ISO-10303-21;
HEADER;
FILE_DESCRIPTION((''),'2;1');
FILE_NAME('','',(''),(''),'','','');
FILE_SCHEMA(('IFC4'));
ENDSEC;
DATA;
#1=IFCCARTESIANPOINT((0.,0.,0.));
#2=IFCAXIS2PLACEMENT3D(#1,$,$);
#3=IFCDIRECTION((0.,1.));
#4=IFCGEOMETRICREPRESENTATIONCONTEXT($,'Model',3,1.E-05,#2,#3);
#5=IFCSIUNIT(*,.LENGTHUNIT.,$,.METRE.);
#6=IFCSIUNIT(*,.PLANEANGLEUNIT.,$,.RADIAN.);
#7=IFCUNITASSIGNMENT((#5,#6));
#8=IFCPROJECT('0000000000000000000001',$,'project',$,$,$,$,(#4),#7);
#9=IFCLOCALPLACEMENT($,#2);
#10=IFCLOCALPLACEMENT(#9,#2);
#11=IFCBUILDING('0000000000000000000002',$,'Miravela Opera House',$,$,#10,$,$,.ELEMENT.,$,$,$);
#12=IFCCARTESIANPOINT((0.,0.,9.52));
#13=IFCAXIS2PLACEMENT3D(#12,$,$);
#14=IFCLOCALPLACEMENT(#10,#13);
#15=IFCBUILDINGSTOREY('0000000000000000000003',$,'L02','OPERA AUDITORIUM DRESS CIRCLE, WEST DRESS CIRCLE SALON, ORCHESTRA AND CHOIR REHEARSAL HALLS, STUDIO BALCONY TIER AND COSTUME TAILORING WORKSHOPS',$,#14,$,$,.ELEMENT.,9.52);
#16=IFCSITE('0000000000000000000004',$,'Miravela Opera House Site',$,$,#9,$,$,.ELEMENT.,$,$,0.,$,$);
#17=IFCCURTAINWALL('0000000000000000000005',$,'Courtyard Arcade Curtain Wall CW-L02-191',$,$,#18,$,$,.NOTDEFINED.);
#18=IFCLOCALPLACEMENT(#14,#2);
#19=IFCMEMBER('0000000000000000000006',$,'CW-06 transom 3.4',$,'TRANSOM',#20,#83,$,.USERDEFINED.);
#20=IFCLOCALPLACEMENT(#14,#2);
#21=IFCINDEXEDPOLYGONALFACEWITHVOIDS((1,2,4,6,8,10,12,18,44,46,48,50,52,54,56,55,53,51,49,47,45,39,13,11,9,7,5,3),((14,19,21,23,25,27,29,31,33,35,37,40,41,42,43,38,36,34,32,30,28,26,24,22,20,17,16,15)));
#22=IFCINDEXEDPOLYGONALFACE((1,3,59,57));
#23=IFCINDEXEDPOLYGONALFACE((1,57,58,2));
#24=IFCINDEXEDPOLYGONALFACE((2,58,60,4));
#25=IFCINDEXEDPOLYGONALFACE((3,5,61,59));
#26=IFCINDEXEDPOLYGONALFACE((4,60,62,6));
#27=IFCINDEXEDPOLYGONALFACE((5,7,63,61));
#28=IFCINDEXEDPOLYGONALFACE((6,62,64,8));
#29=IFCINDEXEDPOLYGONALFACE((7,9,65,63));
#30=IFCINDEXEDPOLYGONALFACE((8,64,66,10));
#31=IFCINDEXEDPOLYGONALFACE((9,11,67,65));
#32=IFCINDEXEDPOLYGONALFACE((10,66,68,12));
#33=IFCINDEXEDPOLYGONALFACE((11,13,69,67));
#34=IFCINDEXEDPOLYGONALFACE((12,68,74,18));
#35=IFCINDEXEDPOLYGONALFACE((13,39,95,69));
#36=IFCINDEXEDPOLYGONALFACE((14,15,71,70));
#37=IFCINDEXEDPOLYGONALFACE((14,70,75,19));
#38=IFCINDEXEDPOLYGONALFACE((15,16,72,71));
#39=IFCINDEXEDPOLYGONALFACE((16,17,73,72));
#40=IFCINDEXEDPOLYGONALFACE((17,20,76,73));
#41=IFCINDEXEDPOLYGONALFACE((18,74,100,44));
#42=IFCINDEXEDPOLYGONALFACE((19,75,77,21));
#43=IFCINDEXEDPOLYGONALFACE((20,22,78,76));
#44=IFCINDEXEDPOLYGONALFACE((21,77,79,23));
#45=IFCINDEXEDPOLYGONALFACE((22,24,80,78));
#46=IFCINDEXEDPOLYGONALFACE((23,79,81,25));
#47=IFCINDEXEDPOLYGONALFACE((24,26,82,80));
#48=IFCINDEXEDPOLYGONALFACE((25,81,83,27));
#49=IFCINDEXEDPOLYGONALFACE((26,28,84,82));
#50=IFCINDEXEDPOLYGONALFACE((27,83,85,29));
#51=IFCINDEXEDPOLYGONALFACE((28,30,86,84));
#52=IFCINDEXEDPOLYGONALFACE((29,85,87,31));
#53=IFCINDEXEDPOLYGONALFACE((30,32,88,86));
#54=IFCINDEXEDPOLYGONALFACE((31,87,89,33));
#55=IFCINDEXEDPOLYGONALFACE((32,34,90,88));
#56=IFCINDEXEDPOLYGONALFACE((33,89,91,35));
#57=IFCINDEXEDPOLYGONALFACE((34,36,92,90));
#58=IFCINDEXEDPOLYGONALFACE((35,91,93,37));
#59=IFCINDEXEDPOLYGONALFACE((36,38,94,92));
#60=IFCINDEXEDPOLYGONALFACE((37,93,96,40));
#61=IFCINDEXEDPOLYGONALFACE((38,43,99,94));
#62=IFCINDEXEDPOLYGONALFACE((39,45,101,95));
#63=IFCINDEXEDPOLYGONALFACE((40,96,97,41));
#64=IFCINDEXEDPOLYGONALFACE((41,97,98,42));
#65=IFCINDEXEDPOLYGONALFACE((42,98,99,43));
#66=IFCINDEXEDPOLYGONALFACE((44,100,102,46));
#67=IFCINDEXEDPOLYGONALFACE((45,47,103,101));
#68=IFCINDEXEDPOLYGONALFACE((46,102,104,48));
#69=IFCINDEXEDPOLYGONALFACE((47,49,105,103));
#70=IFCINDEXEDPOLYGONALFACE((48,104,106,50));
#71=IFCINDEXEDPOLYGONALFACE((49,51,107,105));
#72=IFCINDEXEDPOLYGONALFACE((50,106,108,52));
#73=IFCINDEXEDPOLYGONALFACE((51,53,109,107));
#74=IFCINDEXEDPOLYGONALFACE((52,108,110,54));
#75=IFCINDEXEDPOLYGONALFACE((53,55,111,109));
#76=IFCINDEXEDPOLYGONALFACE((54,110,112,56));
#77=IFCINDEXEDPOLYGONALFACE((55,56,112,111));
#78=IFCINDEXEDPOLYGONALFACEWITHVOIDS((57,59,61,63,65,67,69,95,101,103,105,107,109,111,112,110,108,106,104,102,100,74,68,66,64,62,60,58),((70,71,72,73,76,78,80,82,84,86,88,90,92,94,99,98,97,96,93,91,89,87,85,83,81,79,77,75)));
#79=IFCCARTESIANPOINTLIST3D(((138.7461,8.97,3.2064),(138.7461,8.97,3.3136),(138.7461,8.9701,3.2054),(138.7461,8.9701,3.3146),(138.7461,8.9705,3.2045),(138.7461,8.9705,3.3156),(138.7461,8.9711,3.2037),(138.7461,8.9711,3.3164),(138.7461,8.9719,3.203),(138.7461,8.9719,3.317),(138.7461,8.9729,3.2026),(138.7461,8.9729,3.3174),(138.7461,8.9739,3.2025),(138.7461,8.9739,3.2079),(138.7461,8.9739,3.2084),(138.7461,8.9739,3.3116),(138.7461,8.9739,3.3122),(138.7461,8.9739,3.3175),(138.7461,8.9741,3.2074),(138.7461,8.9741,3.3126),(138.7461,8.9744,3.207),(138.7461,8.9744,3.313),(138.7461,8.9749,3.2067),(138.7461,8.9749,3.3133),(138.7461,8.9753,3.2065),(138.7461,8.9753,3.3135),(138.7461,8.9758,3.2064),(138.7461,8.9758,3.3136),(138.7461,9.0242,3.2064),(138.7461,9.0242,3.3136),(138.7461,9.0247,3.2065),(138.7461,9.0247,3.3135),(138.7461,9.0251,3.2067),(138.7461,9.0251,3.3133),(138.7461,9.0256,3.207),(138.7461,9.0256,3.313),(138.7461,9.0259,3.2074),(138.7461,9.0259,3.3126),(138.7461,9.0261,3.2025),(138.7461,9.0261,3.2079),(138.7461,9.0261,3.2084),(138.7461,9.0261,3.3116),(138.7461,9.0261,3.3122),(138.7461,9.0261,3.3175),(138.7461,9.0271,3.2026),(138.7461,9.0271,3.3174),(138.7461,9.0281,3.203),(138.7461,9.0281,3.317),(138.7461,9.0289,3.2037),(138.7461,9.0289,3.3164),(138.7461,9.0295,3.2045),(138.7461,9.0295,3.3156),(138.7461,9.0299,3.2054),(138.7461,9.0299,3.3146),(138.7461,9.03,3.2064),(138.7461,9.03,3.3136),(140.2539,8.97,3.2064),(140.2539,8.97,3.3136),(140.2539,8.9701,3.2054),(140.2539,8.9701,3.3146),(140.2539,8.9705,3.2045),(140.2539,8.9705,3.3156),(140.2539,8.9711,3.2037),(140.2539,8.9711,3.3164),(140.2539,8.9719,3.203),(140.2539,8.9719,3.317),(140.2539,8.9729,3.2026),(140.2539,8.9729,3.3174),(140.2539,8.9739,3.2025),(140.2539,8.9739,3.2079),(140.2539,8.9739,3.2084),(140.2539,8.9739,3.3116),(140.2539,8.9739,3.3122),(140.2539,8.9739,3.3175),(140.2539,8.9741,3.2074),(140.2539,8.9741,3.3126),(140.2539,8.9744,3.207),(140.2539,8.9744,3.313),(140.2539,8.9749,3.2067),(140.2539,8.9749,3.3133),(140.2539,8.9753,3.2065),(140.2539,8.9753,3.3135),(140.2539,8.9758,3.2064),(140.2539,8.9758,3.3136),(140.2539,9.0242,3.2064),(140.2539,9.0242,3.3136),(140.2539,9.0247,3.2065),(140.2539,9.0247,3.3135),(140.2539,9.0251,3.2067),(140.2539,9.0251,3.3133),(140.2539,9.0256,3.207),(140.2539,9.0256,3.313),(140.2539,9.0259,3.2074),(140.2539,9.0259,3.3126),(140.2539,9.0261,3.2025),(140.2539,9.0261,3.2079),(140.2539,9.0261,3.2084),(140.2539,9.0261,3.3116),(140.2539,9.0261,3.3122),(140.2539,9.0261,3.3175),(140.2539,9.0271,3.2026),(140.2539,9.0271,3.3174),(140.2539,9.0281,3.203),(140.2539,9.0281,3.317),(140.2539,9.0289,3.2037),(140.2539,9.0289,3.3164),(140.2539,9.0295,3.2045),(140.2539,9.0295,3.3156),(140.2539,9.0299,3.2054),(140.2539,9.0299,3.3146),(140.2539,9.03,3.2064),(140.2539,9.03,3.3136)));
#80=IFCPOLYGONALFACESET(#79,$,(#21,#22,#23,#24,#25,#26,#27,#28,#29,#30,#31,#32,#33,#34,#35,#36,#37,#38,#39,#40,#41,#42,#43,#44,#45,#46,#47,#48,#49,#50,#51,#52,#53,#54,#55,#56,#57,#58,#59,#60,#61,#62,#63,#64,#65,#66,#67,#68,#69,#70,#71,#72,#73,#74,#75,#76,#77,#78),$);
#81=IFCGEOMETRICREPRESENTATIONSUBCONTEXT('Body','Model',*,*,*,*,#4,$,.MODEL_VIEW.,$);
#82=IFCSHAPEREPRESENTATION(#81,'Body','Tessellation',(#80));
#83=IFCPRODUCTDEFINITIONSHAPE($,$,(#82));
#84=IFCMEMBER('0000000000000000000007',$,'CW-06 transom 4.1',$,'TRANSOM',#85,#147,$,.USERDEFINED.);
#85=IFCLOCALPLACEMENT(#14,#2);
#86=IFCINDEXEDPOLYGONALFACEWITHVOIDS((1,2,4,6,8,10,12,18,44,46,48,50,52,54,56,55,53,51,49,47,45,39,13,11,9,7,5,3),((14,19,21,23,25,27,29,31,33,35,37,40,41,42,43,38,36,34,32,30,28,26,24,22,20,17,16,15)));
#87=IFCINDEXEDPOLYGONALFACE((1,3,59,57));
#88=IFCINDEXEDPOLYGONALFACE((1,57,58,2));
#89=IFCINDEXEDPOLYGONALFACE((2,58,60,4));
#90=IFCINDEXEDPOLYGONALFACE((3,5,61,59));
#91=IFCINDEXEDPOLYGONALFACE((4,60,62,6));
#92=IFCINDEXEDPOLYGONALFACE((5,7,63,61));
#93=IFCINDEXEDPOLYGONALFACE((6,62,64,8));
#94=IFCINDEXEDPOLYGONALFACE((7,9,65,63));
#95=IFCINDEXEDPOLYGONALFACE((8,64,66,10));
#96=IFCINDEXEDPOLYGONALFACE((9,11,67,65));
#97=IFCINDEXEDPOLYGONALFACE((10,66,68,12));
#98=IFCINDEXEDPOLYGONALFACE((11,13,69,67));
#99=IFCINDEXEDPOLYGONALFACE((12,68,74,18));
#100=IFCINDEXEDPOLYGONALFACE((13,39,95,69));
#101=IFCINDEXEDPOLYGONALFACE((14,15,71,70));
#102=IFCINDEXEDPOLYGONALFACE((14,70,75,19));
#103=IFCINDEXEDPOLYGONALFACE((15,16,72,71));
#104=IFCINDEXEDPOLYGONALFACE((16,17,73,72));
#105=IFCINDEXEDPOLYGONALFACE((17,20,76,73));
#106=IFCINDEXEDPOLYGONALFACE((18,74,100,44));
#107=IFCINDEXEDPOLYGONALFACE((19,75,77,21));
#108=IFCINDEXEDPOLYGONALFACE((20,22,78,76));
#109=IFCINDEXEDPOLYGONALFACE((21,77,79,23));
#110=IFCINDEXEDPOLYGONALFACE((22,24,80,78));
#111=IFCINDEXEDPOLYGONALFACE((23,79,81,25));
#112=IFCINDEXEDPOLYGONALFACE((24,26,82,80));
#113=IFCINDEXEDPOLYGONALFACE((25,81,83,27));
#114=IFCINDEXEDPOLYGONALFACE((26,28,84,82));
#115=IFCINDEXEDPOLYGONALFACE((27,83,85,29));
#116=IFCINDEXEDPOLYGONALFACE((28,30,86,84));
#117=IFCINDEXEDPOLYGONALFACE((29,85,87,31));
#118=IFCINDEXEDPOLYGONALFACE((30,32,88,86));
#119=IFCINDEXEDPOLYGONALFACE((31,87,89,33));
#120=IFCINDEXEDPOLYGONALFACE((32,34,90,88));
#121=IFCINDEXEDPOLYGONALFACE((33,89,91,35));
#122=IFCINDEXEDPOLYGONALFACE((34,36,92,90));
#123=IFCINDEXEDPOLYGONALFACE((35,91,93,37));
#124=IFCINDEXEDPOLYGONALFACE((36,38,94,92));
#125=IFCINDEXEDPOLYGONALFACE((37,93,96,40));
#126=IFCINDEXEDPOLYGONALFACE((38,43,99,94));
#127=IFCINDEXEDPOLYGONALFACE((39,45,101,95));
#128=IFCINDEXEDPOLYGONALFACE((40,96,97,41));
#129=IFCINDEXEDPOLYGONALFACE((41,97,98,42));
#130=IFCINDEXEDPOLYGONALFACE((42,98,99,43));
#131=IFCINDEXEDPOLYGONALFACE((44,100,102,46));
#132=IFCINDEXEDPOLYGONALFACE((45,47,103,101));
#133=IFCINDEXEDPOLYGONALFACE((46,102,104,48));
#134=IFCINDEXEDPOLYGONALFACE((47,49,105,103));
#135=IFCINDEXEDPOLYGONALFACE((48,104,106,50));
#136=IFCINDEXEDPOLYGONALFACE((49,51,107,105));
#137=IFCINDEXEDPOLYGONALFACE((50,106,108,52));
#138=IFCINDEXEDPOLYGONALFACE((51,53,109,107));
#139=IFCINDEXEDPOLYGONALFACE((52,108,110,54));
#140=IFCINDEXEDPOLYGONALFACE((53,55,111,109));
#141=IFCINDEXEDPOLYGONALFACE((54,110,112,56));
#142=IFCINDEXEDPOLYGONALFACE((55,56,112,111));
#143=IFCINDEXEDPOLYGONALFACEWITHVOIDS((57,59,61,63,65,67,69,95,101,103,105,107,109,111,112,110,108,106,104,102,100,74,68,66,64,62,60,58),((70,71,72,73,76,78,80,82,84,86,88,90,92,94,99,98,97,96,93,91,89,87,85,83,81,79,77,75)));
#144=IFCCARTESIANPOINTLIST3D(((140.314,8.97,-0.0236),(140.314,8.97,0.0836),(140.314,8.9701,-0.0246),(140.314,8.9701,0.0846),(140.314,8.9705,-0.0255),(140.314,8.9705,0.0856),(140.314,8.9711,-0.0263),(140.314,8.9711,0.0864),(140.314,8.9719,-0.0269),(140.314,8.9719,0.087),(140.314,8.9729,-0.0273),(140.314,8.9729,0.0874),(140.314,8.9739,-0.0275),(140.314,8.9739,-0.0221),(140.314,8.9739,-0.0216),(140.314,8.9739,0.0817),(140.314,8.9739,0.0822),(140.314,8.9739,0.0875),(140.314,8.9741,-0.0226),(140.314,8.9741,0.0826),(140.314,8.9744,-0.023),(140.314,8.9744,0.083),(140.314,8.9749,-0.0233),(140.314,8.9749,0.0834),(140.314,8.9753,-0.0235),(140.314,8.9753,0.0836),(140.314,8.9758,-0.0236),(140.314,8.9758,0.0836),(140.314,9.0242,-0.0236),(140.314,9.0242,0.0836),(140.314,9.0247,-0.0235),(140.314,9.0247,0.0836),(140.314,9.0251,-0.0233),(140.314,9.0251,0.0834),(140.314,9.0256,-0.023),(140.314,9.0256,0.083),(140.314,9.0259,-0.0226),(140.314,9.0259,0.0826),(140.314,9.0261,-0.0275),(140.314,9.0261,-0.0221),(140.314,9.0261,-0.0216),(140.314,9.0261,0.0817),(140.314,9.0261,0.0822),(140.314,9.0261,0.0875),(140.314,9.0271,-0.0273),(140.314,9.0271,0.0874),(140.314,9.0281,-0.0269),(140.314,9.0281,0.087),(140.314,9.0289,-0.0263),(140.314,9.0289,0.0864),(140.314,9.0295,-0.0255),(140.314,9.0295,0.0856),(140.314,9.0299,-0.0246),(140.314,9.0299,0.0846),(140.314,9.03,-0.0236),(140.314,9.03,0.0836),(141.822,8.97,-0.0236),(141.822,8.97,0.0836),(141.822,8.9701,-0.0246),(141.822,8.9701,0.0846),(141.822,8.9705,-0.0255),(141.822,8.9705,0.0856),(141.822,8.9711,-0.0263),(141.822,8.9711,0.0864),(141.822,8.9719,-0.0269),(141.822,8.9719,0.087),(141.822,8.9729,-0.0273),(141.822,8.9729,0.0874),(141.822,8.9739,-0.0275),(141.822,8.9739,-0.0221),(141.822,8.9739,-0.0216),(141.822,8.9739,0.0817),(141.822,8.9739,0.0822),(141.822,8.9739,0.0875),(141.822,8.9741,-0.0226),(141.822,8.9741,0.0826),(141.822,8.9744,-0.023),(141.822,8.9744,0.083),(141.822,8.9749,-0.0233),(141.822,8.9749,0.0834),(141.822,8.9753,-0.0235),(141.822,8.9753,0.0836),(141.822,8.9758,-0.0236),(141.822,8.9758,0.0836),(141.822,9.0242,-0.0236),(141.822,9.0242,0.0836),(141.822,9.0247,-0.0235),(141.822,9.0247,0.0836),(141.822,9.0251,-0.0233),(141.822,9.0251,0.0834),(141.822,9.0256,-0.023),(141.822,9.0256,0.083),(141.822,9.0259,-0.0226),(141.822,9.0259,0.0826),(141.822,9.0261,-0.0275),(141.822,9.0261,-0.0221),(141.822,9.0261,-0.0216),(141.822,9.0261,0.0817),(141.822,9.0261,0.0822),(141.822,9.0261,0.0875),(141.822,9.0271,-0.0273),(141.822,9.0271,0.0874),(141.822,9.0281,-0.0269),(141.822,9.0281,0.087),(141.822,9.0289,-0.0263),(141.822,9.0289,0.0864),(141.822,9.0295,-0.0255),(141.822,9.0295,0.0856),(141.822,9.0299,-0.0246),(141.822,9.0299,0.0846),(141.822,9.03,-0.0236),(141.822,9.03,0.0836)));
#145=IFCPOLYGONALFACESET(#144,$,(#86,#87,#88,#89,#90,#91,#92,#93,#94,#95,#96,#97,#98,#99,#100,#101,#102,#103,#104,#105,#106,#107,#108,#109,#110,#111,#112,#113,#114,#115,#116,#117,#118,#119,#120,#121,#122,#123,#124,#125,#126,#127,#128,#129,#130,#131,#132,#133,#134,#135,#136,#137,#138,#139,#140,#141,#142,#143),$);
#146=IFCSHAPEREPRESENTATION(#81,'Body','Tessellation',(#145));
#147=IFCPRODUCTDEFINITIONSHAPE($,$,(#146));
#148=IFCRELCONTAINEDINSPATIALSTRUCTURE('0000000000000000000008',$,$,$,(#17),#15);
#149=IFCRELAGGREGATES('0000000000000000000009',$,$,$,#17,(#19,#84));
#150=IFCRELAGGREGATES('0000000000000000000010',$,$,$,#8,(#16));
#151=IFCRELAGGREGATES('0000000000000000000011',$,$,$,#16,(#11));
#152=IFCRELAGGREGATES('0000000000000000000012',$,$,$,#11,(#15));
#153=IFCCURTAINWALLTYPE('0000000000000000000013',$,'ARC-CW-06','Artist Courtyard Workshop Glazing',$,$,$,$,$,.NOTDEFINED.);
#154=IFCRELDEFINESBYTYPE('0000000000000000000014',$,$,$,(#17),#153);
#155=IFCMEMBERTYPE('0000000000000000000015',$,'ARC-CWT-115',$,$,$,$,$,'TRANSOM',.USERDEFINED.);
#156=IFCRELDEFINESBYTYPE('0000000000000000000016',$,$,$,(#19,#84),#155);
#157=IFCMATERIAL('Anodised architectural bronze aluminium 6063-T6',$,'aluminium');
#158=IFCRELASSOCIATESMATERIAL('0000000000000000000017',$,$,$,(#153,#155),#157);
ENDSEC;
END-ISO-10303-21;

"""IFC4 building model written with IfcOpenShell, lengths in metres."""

from ifc_helpers import new_model, si_unit, direction, frame, origin, origin_2d, place, context, subcontext, project, spatial, hollow_rectangle, extrude, material, material_profile, profile_set, type_object, element, aggregate, save


model = new_model("IFC4")

# Units and contexts
model_context = context("Model", 3, precision=1e-05, world=origin(), true_north=direction((0.0, 1.0)))
body_context = subcontext(model_context, "Body", "Model", "MODEL_VIEW")
ifc_project = project(units=[si_unit("LENGTHUNIT", "METRE"), si_unit("PLANEANGLEUNIT", "RADIAN")], contexts=[model_context])

# Site, building, storey
site_placement = place(None, origin())
site = spatial("IfcSite", under=ifc_project, at=site_placement, Name="Miravela Opera House Site", CompositionType="ELEMENT", RefElevation=0.0)
building_placement = place(site_placement, origin())
building = spatial("IfcBuilding", under=site, at=building_placement, Name="Miravela Opera House", CompositionType="ELEMENT")
storey_placement = place(building_placement, frame((0.0, 0.0, 9.52)))
storey = spatial("IfcBuildingStorey", under=building, at=storey_placement, Name="L02", Description="OPERA AUDITORIUM DRESS CIRCLE, WEST DRESS CIRCLE SALON, ORCHESTRA AND CHOIR REHEARSAL HALLS, STUDIO BALCONY TIER AND COSTUME TAILORING WORKSHOPS", CompositionType="ELEMENT", Elevation=9.52)

# Curtain wall, members
ifc_material_1 = material(Name="Anodised architectural bronze aluminium 6063-T6", Category="aluminium")
curtain_wall_type = type_object("IfcCurtainWallType", Name="ARC-CW-06", Description="Artist Courtyard Workshop Glazing", PredefinedType="NOTDEFINED", material=ifc_material_1)
curtain_wall_placement = place(storey_placement, origin())
curtain_wall = element("IfcCurtainWall", 1, at=curtain_wall_placement, inside=storey, type_object=curtain_wall_type, Name="Courtyard Arcade Curtain Wall CW-L02-191", PredefinedType="NOTDEFINED")
ifc_material_profile_1 = material_profile(ifc_material_1, hollow_rectangle(XDim=0.0601, YDim=0.115, WallThickness=0.0039, InnerFilletRadius=0.002, OuterFilletRadius=0.0039, at=origin_2d()), Name="CWT-60X115")
ifc_profile_set_1 = profile_set([ifc_material_profile_1])
member_type_1 = type_object("IfcMemberType", Name="ARC-CWT-115", ElementType="TRANSOM", PredefinedType="USERDEFINED", material=ifc_profile_set_1)
member_1_placement = place(storey_placement, frame((138.7461, 9.0, 3.26), z_axis=(1.0, 0.0, 0.0), x_axis=(0.0, 1.0, 0.0)))
member_1 = element("IfcMember", 2, at=member_1_placement, type_object=member_type_1, Name="CW-06 transom 3.4", ObjectType="TRANSOM", PredefinedType="USERDEFINED", context=body_context, shape_type="SweptSolid", body=[
    extrude(hollow_rectangle(XDim=0.0601, YDim=0.115, WallThickness=0.0039, InnerFilletRadius=0.002, OuterFilletRadius=0.0039, at=origin_2d()), origin(), (0.0, 0.0, 1.0), 1.5078),
])
member_2_placement = place(storey_placement, frame((140.314, 9.0, 0.03), z_axis=(1.0, 0.0, 0.0), x_axis=(0.0, 1.0, 0.0)))
member_2 = element("IfcMember", 3, at=member_2_placement, type_object=member_type_1, Name="CW-06 transom 4.1", ObjectType="TRANSOM", PredefinedType="USERDEFINED", context=body_context, shape_type="SweptSolid", body=[
    extrude(hollow_rectangle(XDim=0.0601, YDim=0.115, WallThickness=0.0039, InnerFilletRadius=0.002, OuterFilletRadius=0.0039, at=origin_2d()), origin(), (0.0, 0.0, 1.0), 1.5081),
])
aggregate(curtain_wall, [member_1, member_2])

save(model, "model.ifc")
